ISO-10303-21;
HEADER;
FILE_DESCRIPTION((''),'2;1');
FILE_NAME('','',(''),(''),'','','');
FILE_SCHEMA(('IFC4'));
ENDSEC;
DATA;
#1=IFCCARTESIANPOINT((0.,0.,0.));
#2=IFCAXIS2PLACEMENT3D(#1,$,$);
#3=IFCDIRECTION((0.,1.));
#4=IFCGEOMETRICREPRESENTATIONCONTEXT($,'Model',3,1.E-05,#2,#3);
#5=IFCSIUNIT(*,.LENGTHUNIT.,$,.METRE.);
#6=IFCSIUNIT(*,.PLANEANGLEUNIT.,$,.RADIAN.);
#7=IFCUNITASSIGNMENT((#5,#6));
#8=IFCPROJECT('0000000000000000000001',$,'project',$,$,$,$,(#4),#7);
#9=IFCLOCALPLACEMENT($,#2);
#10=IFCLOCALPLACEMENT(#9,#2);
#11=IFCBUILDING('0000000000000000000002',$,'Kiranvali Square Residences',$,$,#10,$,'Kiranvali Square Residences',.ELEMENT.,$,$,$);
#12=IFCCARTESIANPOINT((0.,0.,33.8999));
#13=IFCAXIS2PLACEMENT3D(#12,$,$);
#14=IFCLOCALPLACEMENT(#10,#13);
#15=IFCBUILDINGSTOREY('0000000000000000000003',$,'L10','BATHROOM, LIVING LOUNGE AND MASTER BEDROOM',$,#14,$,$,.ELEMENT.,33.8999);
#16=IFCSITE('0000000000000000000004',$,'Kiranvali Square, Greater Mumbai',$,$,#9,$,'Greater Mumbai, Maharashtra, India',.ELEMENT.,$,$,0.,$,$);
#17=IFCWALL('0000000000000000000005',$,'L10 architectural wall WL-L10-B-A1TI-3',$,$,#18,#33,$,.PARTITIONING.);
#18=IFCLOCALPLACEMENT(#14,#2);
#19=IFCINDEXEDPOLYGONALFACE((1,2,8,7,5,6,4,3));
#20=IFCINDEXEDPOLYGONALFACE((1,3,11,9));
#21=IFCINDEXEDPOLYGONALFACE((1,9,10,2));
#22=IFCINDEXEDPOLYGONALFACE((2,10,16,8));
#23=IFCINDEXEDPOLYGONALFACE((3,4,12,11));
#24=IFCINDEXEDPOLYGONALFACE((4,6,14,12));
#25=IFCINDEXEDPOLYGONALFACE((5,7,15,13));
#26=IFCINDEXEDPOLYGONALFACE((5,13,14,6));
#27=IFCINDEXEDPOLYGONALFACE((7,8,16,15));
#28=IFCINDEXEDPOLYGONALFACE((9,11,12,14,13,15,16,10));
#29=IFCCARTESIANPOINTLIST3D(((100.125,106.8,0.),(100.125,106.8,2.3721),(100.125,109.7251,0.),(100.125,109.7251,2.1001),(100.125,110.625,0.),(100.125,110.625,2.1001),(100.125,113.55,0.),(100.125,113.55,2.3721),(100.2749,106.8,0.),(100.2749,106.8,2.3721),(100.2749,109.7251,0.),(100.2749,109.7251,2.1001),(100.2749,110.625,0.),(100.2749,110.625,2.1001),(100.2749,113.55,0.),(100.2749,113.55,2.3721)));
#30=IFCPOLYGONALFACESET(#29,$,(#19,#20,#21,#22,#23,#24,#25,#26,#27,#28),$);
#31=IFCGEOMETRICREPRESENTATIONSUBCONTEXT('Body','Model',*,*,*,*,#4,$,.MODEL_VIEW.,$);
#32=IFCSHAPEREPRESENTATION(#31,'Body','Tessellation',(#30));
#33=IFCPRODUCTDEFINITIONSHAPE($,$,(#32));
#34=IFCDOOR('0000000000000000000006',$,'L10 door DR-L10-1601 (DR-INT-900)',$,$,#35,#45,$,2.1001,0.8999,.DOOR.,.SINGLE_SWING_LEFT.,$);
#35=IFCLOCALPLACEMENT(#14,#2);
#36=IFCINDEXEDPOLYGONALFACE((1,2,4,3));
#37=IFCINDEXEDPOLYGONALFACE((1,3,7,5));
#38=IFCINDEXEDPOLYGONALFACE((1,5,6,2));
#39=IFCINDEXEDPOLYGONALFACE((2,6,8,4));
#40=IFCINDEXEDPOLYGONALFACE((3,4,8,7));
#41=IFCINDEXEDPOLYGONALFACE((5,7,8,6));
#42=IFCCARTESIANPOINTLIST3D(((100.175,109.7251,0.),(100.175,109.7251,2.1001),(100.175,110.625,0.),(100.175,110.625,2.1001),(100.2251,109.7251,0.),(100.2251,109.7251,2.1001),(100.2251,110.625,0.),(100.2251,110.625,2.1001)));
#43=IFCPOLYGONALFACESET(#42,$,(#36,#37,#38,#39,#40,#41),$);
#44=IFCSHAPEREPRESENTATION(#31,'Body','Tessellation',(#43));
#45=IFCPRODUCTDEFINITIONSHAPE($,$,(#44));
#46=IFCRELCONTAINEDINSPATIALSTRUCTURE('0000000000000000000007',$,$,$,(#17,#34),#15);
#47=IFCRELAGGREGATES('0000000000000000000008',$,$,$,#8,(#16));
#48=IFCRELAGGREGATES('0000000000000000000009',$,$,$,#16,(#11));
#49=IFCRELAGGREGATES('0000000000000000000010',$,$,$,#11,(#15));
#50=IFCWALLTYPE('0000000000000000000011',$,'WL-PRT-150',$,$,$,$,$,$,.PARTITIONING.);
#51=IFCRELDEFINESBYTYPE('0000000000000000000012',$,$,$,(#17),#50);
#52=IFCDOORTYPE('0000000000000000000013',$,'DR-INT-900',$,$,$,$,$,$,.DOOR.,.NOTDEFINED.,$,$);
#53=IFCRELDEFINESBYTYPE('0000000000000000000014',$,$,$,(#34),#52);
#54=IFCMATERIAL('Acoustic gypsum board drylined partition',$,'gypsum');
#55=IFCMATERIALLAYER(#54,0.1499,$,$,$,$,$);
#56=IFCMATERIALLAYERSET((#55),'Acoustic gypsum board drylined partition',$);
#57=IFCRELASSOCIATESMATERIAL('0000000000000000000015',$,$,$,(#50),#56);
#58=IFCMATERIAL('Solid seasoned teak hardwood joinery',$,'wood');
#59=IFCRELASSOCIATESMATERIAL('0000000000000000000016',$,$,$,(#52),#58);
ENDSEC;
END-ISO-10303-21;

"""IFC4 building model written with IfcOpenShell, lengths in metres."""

from ifc_helpers import new_model, si_unit, direction, frame, frame_2d, origin, place, context, subcontext, project, spatial, rectangle, extrude, material, layer, layer_set, type_object, element, fill, save


model = new_model("IFC4")

# Units and contexts
model_context = context("Model", 3, precision=1e-05, world=origin(), true_north=direction((0.0, 1.0)))
body_context = subcontext(model_context, "Body", "Model", "MODEL_VIEW")
ifc_project = project(units=[si_unit("LENGTHUNIT", "METRE"), si_unit("PLANEANGLEUNIT", "RADIAN")], contexts=[model_context])

# Site, building, storey
site_placement = place(None, origin())
site = spatial("IfcSite", under=ifc_project, at=site_placement, Name="Kiranvali Square, Greater Mumbai", LongName="Greater Mumbai, Maharashtra, India", CompositionType="ELEMENT", RefElevation=0.0)
building_placement = place(site_placement, origin())
building = spatial("IfcBuilding", under=site, at=building_placement, Name="Kiranvali Square Residences", LongName="Kiranvali Square Residences", CompositionType="ELEMENT")
storey_placement = place(building_placement, frame((0.0, 0.0, 33.8999)))
storey = spatial("IfcBuildingStorey", under=building, at=storey_placement, Name="L10", Description="BATHROOM, LIVING LOUNGE AND MASTER BEDROOM", CompositionType="ELEMENT", Elevation=33.8999)

# Wall, opening, door
ifc_material_1 = material(Name="Acoustic gypsum board drylined partition", Category="gypsum")
ifc_layer_1 = layer(ifc_material_1, 0.1499)
ifc_layer_set_1 = layer_set([ifc_layer_1], Name="Acoustic gypsum board drylined partition")
wall_type_1 = type_object("IfcWallType", Name="WL-PRT-150", PredefinedType="PARTITIONING", material=ifc_layer_set_1)
ifc_material_2 = material(Name="Solid seasoned teak hardwood joinery", Category="wood")
door_type = type_object("IfcDoorType", Name="DR-INT-900", OperationType="NOTDEFINED", PredefinedType="DOOR", material=ifc_material_2)
wall_1_placement = place(storey_placement, frame((100.2, 106.8, 0.0), z_axis=(0.0, 0.0, 1.0), x_axis=(0.0, 1.0, 0.0)))
wall_1 = element("IfcWall", 1, at=wall_1_placement, inside=storey, type_object=wall_type_1, Name="L10 architectural wall WL-L10-B-A1TI-3", PredefinedType="PARTITIONING", context=body_context, shape_type="SweptSolid", body=[
    extrude(rectangle(XDim=6.75, YDim=0.1499, at=frame_2d((3.375, 0.0))), origin(), (0.0, 0.0, 1.0), 2.3721),
])
opening_1_placement = place(wall_1_placement, frame((2.925, 0.0, 0.0)))
opening_1 = element("IfcOpeningElement", 2, at=opening_1_placement, cuts=wall_1, PredefinedType="OPENING", context=body_context, shape_type="SweptSolid", body=[
    extrude(rectangle(XDim=0.8999, YDim=2.1001, at=frame_2d((0.45, 1.05))), frame((0.0, 0.085, 0.0), z_axis=(0.0, -1.0, 0.0), x_axis=(1.0, 0.0, 0.0)), (0.0, 0.0, 1.0), 0.1699),
])
door_1_placement = place(opening_1_placement, origin())
door_1 = element("IfcDoor", 3, at=door_1_placement, inside=storey, type_object=door_type, Name="L10 door DR-L10-1601 (DR-INT-900)", OperationType="SINGLE_SWING_LEFT", OverallHeight=2.1001, OverallWidth=0.8999, PredefinedType="DOOR", context=body_context, shape_type="SweptSolid", body=[
    extrude(rectangle(XDim=0.8999, YDim=2.1001, at=frame_2d((0.45, 1.05))), frame((0.0, 0.0249, 0.0), z_axis=(0.0, -1.0, 0.0), x_axis=(1.0, 0.0, 0.0)), (0.0, 0.0, 1.0), 0.05),
])
fill(opening_1, door_1)

save(model, "model.ifc")
